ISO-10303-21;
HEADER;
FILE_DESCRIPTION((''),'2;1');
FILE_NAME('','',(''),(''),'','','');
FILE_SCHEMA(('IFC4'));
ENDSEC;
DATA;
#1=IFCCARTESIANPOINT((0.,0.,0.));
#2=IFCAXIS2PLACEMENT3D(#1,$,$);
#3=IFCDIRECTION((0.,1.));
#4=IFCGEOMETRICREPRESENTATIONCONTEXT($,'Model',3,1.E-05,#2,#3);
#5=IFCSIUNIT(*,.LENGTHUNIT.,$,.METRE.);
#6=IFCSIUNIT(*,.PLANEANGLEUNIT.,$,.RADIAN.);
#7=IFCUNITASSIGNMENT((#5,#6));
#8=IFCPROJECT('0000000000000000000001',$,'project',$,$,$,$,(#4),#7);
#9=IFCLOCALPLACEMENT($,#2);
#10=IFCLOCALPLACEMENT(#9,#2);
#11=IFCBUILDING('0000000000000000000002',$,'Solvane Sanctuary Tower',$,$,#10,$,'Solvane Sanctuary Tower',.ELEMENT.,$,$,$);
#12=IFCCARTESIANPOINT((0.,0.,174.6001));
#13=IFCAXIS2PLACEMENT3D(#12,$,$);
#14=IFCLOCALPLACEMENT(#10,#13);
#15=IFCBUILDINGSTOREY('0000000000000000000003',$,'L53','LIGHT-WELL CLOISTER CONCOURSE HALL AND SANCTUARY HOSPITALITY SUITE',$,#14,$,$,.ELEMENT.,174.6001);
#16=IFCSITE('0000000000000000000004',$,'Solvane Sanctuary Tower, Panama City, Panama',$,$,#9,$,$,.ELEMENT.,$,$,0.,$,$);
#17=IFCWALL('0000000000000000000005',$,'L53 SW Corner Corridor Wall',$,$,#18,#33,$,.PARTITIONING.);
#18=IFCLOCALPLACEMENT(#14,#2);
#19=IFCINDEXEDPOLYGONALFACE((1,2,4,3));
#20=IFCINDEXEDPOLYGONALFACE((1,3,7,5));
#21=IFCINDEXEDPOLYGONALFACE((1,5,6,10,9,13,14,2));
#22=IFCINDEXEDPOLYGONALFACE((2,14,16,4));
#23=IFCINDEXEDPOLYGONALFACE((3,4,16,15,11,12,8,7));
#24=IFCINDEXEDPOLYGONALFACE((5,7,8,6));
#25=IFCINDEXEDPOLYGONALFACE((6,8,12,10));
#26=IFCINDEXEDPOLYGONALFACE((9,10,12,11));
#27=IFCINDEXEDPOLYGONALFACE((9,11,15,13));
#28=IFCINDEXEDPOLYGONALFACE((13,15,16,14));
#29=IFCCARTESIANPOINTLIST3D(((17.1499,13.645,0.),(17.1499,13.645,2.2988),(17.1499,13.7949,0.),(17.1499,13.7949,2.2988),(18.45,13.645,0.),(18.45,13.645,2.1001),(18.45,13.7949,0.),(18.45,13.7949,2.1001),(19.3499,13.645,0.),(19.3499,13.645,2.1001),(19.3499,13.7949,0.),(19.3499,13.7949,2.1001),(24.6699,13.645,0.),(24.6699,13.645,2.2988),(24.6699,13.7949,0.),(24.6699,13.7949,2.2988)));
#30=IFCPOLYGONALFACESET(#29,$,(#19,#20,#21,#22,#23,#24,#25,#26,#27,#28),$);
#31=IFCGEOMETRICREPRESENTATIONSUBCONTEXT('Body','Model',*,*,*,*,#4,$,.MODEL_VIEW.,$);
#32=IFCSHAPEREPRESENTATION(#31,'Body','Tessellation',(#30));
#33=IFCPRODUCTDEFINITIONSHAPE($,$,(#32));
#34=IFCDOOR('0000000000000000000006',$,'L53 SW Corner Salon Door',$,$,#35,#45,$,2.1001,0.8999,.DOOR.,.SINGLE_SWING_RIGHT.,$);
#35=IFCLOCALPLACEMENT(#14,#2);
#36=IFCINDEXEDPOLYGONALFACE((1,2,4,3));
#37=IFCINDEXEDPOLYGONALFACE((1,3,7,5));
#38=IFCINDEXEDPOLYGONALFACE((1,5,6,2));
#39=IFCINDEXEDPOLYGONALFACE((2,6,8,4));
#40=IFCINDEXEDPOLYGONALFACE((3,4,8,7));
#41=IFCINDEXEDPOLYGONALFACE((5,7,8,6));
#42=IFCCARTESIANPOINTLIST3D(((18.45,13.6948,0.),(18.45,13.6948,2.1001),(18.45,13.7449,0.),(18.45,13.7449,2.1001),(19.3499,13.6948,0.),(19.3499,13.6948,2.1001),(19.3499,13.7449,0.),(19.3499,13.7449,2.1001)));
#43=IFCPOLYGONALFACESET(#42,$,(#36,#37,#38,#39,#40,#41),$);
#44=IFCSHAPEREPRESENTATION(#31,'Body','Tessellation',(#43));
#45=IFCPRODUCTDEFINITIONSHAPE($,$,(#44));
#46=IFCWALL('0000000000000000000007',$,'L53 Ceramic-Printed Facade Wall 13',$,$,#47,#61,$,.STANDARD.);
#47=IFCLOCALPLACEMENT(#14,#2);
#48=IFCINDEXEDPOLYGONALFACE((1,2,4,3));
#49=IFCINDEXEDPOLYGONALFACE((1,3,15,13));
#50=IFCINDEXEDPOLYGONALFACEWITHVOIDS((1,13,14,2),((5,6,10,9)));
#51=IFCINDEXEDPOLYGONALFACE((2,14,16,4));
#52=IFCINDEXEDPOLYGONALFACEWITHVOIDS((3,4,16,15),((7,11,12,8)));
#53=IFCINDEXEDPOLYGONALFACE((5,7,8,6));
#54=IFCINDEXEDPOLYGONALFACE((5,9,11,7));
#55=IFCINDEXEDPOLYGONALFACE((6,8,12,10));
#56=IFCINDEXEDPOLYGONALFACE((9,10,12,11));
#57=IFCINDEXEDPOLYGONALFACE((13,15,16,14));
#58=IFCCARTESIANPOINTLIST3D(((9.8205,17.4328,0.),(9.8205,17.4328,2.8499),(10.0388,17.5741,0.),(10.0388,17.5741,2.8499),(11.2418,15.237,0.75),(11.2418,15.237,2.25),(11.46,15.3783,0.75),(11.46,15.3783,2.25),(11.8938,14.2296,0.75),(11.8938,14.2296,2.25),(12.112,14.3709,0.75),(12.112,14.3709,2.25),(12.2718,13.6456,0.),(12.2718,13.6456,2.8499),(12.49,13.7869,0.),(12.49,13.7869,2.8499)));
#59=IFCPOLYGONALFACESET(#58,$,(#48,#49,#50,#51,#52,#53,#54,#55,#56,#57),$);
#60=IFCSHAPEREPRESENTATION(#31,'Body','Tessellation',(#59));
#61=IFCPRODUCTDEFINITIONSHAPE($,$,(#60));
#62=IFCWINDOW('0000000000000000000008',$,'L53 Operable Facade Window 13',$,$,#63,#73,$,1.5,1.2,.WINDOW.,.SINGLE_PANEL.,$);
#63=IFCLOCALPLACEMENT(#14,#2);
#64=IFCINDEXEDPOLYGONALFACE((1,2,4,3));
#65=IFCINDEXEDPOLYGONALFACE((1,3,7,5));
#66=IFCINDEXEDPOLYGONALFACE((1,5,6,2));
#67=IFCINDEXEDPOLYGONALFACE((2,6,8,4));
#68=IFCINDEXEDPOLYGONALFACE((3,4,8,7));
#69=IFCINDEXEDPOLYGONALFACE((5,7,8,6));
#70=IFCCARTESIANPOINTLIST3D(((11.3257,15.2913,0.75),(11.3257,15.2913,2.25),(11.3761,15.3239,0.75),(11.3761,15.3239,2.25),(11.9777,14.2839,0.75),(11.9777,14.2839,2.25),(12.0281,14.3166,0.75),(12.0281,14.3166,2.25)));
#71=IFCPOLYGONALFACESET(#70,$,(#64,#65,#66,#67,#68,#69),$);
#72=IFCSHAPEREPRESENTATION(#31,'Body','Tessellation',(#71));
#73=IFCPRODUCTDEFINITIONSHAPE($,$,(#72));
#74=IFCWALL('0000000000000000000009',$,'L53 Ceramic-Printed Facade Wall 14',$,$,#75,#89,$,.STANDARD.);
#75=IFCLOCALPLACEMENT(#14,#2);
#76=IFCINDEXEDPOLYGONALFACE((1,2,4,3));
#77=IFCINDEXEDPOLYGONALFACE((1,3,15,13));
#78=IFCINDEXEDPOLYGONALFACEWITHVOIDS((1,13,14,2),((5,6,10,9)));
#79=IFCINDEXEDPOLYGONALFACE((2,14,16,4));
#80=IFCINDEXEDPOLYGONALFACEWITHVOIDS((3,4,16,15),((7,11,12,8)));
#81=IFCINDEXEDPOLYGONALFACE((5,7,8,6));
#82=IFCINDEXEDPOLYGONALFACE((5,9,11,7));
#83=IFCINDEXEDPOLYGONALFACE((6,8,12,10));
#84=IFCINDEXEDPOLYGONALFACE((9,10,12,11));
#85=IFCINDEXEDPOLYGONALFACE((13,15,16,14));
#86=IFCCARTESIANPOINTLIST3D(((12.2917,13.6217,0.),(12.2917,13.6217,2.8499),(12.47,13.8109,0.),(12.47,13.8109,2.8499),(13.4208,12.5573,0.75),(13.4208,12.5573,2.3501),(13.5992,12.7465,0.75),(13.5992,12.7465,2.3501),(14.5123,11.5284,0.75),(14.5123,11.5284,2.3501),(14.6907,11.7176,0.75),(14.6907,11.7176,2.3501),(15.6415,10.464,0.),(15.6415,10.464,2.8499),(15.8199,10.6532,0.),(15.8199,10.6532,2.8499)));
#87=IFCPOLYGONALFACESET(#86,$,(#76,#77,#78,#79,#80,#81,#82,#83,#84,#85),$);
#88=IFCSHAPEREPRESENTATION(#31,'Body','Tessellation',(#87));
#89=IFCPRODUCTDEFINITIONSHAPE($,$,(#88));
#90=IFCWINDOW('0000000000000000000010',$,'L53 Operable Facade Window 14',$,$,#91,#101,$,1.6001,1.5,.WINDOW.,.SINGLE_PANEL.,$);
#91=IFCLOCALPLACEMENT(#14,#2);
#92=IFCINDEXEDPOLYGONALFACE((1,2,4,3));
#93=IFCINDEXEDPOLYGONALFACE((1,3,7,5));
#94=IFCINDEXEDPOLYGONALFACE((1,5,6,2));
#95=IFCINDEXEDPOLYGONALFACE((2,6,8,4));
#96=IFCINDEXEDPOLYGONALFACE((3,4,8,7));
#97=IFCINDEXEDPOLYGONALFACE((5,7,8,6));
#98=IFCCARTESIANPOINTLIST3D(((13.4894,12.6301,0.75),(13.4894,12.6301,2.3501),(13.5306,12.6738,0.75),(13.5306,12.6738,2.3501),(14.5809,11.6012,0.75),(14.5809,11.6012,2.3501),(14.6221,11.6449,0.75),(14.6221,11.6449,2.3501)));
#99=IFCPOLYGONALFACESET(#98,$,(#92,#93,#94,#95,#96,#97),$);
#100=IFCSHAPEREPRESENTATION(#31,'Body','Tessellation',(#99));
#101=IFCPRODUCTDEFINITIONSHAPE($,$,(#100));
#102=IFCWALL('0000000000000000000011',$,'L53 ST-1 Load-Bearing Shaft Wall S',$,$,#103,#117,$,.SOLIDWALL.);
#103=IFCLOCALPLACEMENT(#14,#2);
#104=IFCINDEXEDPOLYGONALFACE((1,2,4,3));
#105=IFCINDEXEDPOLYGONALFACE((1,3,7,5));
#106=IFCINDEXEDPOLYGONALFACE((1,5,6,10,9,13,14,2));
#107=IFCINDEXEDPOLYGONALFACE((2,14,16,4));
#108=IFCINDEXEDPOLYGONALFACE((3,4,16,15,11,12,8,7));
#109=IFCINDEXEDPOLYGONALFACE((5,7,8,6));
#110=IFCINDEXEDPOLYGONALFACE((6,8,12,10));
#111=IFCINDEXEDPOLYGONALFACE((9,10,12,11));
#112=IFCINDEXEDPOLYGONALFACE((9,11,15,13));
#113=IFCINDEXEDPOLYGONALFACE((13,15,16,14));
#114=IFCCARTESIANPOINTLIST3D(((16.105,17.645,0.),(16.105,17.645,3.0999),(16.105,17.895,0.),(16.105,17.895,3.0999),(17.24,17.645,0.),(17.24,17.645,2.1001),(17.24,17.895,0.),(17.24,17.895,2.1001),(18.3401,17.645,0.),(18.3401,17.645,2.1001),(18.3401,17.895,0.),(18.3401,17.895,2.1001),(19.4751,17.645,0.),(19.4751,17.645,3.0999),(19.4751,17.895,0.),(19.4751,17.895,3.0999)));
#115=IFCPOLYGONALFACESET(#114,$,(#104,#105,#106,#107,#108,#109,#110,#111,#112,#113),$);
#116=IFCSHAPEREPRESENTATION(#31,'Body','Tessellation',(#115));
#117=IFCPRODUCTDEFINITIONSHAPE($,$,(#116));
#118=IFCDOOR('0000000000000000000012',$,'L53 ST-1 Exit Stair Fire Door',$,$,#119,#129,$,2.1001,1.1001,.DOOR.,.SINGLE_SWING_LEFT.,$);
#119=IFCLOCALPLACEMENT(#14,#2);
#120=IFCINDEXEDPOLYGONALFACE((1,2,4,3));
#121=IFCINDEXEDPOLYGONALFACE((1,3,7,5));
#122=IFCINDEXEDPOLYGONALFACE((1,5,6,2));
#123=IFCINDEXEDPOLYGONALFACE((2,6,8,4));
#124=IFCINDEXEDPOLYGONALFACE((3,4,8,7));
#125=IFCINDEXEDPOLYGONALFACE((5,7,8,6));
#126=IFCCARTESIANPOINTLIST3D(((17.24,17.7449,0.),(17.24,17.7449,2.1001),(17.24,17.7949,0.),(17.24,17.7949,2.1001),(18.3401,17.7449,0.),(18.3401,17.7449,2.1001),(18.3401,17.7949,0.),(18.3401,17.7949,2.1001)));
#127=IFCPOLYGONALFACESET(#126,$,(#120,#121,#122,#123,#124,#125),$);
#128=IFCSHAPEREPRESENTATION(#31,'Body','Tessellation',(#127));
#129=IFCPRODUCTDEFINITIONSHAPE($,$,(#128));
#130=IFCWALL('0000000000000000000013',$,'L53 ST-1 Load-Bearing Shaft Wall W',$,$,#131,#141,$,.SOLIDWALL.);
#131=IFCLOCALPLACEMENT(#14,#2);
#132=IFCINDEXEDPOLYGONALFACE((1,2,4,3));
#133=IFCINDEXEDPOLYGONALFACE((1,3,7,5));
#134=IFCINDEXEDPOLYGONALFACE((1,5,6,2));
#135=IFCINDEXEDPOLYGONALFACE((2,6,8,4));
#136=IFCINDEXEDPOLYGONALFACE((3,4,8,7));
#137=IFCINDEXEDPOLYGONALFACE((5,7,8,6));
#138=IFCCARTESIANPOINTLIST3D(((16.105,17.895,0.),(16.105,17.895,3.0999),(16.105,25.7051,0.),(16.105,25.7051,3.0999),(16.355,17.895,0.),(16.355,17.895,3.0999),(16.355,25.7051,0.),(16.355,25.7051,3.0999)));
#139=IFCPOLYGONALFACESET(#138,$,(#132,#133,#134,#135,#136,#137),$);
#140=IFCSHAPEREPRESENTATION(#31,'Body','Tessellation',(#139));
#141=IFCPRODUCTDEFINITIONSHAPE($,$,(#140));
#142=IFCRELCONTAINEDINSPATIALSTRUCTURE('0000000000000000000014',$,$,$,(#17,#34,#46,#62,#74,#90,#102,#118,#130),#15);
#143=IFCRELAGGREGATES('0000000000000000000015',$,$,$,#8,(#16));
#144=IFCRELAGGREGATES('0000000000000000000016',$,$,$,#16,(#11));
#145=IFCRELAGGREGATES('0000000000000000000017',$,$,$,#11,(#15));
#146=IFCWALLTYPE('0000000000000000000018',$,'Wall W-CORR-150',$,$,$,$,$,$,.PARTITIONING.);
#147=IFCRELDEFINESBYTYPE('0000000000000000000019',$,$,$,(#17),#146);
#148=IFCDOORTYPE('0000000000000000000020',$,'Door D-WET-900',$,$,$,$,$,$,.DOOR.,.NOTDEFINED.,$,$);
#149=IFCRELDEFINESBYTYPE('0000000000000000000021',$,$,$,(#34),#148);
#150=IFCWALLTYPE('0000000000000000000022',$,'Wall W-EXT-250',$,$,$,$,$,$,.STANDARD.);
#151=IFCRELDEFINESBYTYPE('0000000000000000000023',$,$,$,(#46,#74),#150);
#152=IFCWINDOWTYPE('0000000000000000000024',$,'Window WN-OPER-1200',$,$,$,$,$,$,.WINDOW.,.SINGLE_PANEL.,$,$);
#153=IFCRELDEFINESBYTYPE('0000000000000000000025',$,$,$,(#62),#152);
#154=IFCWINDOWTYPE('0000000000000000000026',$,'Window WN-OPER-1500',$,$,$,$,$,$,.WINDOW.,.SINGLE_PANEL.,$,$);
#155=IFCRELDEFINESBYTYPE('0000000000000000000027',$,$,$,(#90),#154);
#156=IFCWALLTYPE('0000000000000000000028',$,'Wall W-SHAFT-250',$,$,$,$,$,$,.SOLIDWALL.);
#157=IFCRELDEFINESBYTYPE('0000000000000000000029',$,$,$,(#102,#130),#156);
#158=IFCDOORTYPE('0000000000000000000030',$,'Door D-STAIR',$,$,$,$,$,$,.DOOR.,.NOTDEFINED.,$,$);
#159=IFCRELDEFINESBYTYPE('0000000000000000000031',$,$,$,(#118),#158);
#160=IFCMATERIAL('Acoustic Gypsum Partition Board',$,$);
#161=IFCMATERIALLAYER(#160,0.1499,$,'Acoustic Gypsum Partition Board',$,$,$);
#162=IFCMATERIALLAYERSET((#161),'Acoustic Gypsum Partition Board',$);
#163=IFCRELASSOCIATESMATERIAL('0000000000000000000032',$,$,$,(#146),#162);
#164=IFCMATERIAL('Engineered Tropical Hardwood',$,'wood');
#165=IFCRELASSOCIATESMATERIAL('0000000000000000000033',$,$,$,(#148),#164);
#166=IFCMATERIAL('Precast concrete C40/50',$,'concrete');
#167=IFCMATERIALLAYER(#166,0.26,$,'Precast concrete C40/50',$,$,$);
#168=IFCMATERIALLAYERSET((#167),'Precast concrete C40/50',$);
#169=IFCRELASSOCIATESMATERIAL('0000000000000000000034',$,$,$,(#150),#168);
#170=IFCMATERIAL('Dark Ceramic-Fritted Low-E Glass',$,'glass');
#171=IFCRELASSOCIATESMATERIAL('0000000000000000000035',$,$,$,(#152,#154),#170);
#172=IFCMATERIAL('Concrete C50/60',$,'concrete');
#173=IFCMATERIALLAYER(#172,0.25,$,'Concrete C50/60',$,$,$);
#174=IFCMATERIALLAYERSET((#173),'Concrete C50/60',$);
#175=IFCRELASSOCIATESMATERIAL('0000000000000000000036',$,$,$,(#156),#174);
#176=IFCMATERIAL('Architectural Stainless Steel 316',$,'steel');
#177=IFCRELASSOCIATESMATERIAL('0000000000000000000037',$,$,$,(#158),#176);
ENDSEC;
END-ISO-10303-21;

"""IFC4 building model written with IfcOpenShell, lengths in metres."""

from ifc_helpers import new_model, si_unit, direction, frame, frame_2d, origin, place, context, subcontext, project, spatial, rectangle, extrude, material, layer, layer_set, type_object, element, fill, save


model = new_model("IFC4")

# Units and contexts
model_context = context("Model", 3, precision=1e-05, world=origin(), true_north=direction((0.0, 1.0)))
body_context = subcontext(model_context, "Body", "Model", "MODEL_VIEW")
ifc_project = project(units=[si_unit("LENGTHUNIT", "METRE"), si_unit("PLANEANGLEUNIT", "RADIAN")], contexts=[model_context])

# Site, building, storey
site_placement = place(None, origin())
site = spatial("IfcSite", under=ifc_project, at=site_placement, Name="Solvane Sanctuary Tower, Panama City, Panama", CompositionType="ELEMENT", RefElevation=0.0)
building_placement = place(site_placement, origin())
building = spatial("IfcBuilding", under=site, at=building_placement, Name="Solvane Sanctuary Tower", LongName="Solvane Sanctuary Tower", CompositionType="ELEMENT")
storey_placement = place(building_placement, frame((0.0, 0.0, 174.6001)))
storey = spatial("IfcBuildingStorey", under=building, at=storey_placement, Name="L53", Description="LIGHT-WELL CLOISTER CONCOURSE HALL AND SANCTUARY HOSPITALITY SUITE", CompositionType="ELEMENT", Elevation=174.6001)

# Shared definitions
ifc_material_1 = material(Name="Concrete C50/60", Category="concrete")

# Shared definitions
ifc_material_2 = material(Name="Acoustic Gypsum Partition Board")
ifc_layer_1 = layer(ifc_material_2, 0.1499, Name="Acoustic Gypsum Partition Board")
ifc_layer_set_1 = layer_set([ifc_layer_1], Name="Acoustic Gypsum Partition Board")
wall_type_1 = type_object("IfcWallType", Name="Wall W-CORR-150", PredefinedType="PARTITIONING", material=ifc_layer_set_1)
ifc_material_3 = material(Name="Architectural Stainless Steel 316", Category="steel")

# Wall, opening, door
wall_1_placement = place(storey_placement, frame((17.1499, 13.72, 0.0), z_axis=(0.0, 0.0, 1.0), x_axis=(1.0, 0.0, 0.0)))
wall_1 = element("IfcWall", 1, at=wall_1_placement, inside=storey, type_object=wall_type_1, Name="L53 SW Corner Corridor Wall", PredefinedType="PARTITIONING", context=body_context, shape_type="SweptSolid", body=[
    extrude(rectangle(XDim=7.52, YDim=0.1499, at=frame_2d((3.76, 0.0))), origin(), (0.0, 0.0, 1.0), 2.2988),
])
opening_1_placement = place(wall_1_placement, frame((1.3, 0.0, 0.0)))
opening_1 = element("IfcOpeningElement", 2, at=opening_1_placement, cuts=wall_1, PredefinedType="OPENING", context=body_context, shape_type="SweptSolid", body=[
    extrude(rectangle(XDim=0.8999, YDim=2.1001, at=frame_2d((0.45, 1.05))), frame((0.0, 0.085, 0.0), z_axis=(0.0, -1.0, 0.0), x_axis=(1.0, 0.0, 0.0)), (0.0, 0.0, 1.0), 0.1699),
])
ifc_material_4 = material(Name="Engineered Tropical Hardwood", Category="wood")
door_type_1 = type_object("IfcDoorType", Name="Door D-WET-900", OperationType="NOTDEFINED", PredefinedType="DOOR", material=ifc_material_4)
door_1_placement = place(opening_1_placement, origin())
door_1 = element("IfcDoor", 3, at=door_1_placement, inside=storey, type_object=door_type_1, Name="L53 SW Corner Salon Door", OperationType="SINGLE_SWING_RIGHT", OverallHeight=2.1001, OverallWidth=0.8999, PredefinedType="DOOR", context=body_context, shape_type="SweptSolid", body=[
    extrude(rectangle(XDim=0.8999, YDim=2.1001, at=frame_2d((0.45, 1.05))), frame((0.0, 0.0249, 0.0), z_axis=(0.0, -1.0, 0.0), x_axis=(1.0, 0.0, 0.0)), (0.0, 0.0, 1.0), 0.05),
])
fill(opening_1, door_1)

# Walls, openings, windows
ifc_material_5 = material(Name="Precast concrete C40/50", Category="concrete")
ifc_layer_2 = layer(ifc_material_5, 0.26, Name="Precast concrete C40/50")
ifc_layer_set_2 = layer_set([ifc_layer_2], Name="Precast concrete C40/50")
wall_type_2 = type_object("IfcWallType", Name="Wall W-EXT-250", PredefinedType="STANDARD", material=ifc_layer_set_2)
wall_2_placement = place(storey_placement, frame((9.9297, 17.5034, 0.0), z_axis=(0.0, 0.0, 1.0), x_axis=(0.543359, -0.8395, 0.0)))
wall_2 = element("IfcWall", 4, at=wall_2_placement, inside=storey, type_object=wall_type_2, Name="L53 Ceramic-Printed Facade Wall 13", PredefinedType="STANDARD", context=body_context, shape_type="SweptSolid", body=[
    extrude(rectangle(XDim=4.5112, YDim=0.26, at=frame_2d((2.2556, 0.0))), origin(), (0.0, 0.0, 1.0), 2.8499),
])
opening_2_placement = place(wall_2_placement, frame((2.6155, 0.0, 0.75)))
opening_2 = element("IfcOpeningElement", 5, at=opening_2_placement, cuts=wall_2, PredefinedType="OPENING", context=body_context, shape_type="SweptSolid", body=[
    extrude(rectangle(XDim=1.2, YDim=1.5, at=frame_2d((0.6001, 0.75))), frame((0.0, 0.1399, 0.0), z_axis=(0.0, -1.0, 0.0), x_axis=(1.0, 0.0, 0.0)), (0.0, 0.0, 1.0), 0.28),
])
ifc_material_6 = material(Name="Dark Ceramic-Fritted Low-E Glass", Category="glass")
window_type_1 = type_object("IfcWindowType", Name="Window WN-OPER-1200", PartitioningType="SINGLE_PANEL", PredefinedType="WINDOW", material=ifc_material_6)
window_1_placement = place(opening_2_placement, origin())
window_1 = element("IfcWindow", 6, at=window_1_placement, inside=storey, type_object=window_type_1, Name="L53 Operable Facade Window 13", OverallHeight=1.5, OverallWidth=1.2, PartitioningType="SINGLE_PANEL", PredefinedType="WINDOW", context=body_context, shape_type="SweptSolid", body=[
    extrude(rectangle(XDim=1.2, YDim=1.5, at=frame_2d((0.6001, 0.75))), frame((0.0, 0.03, 0.0), z_axis=(0.0, -1.0, 0.0), x_axis=(1.0, 0.0, 0.0)), (0.0, 0.0, 1.0), 0.0601),
])
fill(opening_2, window_1)
wall_3_placement = place(storey_placement, frame((12.3809, 13.7163, 0.0), z_axis=(0.0, 0.0, 1.0), x_axis=(0.727667, -0.68593, 0.0)))
wall_3 = element("IfcWall", 7, at=wall_3_placement, inside=storey, type_object=wall_type_2, Name="L53 Ceramic-Printed Facade Wall 14", PredefinedType="STANDARD", context=body_context, shape_type="SweptSolid", body=[
    extrude(rectangle(XDim=4.6035, YDim=0.26, at=frame_2d((2.3018, 0.0))), origin(), (0.0, 0.0, 1.0), 2.8499),
])
opening_3_placement = place(wall_3_placement, frame((1.5518, 0.0, 0.75)))
opening_3 = element("IfcOpeningElement", 8, at=opening_3_placement, cuts=wall_3, PredefinedType="OPENING", context=body_context, shape_type="SweptSolid", body=[
    extrude(rectangle(XDim=1.5, YDim=1.6001, at=frame_2d((0.75, 0.8))), frame((0.0, 0.1399, 0.0), z_axis=(0.0, -1.0, 0.0), x_axis=(1.0, 0.0, 0.0)), (0.0, 0.0, 1.0), 0.28),
])
window_type_2 = type_object("IfcWindowType", Name="Window WN-OPER-1500", PartitioningType="SINGLE_PANEL", PredefinedType="WINDOW", material=ifc_material_6)
window_2_placement = place(opening_3_placement, origin())
window_2 = element("IfcWindow", 9, at=window_2_placement, inside=storey, type_object=window_type_2, Name="L53 Operable Facade Window 14", OverallHeight=1.6001, OverallWidth=1.5, PartitioningType="SINGLE_PANEL", PredefinedType="WINDOW", context=body_context, shape_type="SweptSolid", body=[
    extrude(rectangle(XDim=1.5, YDim=1.6001, at=frame_2d((0.75, 0.8))), frame((0.0, 0.03, 0.0), z_axis=(0.0, -1.0, 0.0), x_axis=(1.0, 0.0, 0.0)), (0.0, 0.0, 1.0), 0.0601),
])
fill(opening_3, window_2)

# Wall, opening, door
ifc_layer_3 = layer(ifc_material_1, 0.25, Name="Concrete C50/60")
ifc_layer_set_3 = layer_set([ifc_layer_3], Name="Concrete C50/60")
wall_type_3 = type_object("IfcWallType", Name="Wall W-SHAFT-250", PredefinedType="SOLIDWALL", material=ifc_layer_set_3)
wall_4_placement = place(storey_placement, frame((16.105, 17.77, 0.0), z_axis=(0.0, 0.0, 1.0), x_axis=(1.0, 0.0, 0.0)))
wall_4 = element("IfcWall", 10, at=wall_4_placement, inside=storey, type_object=wall_type_3, Name="L53 ST-1 Load-Bearing Shaft Wall S", PredefinedType="SOLIDWALL", context=body_context, shape_type="SweptSolid", body=[
    extrude(rectangle(XDim=3.3701, YDim=0.25, at=frame_2d((1.6851, 0.0))), origin(), (0.0, 0.0, 1.0), 3.0999),
])
opening_4_placement = place(wall_4_placement, frame((1.135, 0.0, 0.0)))
opening_4 = element("IfcOpeningElement", 11, at=opening_4_placement, cuts=wall_4, PredefinedType="OPENING", context=body_context, shape_type="SweptSolid", body=[
    extrude(rectangle(XDim=1.1001, YDim=2.1001, at=frame_2d((0.55, 1.05))), frame((0.0, 0.135, 0.0), z_axis=(0.0, -1.0, 0.0), x_axis=(1.0, 0.0, 0.0)), (0.0, 0.0, 1.0), 0.27),
])
door_type_2 = type_object("IfcDoorType", Name="Door D-STAIR", OperationType="NOTDEFINED", PredefinedType="DOOR", material=ifc_material_3)
door_2_placement = place(opening_4_placement, origin())
door_2 = element("IfcDoor", 12, at=door_2_placement, inside=storey, type_object=door_type_2, Name="L53 ST-1 Exit Stair Fire Door", OperationType="SINGLE_SWING_LEFT", OverallHeight=2.1001, OverallWidth=1.1001, PredefinedType="DOOR", context=body_context, shape_type="SweptSolid", body=[
    extrude(rectangle(XDim=1.1001, YDim=2.1001, at=frame_2d((0.55, 1.05))), frame((0.0, 0.0249, 0.0), z_axis=(0.0, -1.0, 0.0), x_axis=(1.0, 0.0, 0.0)), (0.0, 0.0, 1.0), 0.05),
])
fill(opening_4, door_2)

# Wall
wall_5_placement = place(storey_placement, frame((16.23, 17.895, 0.0), z_axis=(0.0, 0.0, 1.0), x_axis=(0.0, 1.0, 0.0)))
element("IfcWall", 13, at=wall_5_placement, inside=storey, type_object=wall_type_3, Name="L53 ST-1 Load-Bearing Shaft Wall W", PredefinedType="SOLIDWALL", context=body_context, shape_type="SweptSolid", body=[
    extrude(rectangle(XDim=7.8101, YDim=0.25, at=frame_2d((3.905, 0.0))), origin(), (0.0, 0.0, 1.0), 3.0999),
])

save(model, "model.ifc")
